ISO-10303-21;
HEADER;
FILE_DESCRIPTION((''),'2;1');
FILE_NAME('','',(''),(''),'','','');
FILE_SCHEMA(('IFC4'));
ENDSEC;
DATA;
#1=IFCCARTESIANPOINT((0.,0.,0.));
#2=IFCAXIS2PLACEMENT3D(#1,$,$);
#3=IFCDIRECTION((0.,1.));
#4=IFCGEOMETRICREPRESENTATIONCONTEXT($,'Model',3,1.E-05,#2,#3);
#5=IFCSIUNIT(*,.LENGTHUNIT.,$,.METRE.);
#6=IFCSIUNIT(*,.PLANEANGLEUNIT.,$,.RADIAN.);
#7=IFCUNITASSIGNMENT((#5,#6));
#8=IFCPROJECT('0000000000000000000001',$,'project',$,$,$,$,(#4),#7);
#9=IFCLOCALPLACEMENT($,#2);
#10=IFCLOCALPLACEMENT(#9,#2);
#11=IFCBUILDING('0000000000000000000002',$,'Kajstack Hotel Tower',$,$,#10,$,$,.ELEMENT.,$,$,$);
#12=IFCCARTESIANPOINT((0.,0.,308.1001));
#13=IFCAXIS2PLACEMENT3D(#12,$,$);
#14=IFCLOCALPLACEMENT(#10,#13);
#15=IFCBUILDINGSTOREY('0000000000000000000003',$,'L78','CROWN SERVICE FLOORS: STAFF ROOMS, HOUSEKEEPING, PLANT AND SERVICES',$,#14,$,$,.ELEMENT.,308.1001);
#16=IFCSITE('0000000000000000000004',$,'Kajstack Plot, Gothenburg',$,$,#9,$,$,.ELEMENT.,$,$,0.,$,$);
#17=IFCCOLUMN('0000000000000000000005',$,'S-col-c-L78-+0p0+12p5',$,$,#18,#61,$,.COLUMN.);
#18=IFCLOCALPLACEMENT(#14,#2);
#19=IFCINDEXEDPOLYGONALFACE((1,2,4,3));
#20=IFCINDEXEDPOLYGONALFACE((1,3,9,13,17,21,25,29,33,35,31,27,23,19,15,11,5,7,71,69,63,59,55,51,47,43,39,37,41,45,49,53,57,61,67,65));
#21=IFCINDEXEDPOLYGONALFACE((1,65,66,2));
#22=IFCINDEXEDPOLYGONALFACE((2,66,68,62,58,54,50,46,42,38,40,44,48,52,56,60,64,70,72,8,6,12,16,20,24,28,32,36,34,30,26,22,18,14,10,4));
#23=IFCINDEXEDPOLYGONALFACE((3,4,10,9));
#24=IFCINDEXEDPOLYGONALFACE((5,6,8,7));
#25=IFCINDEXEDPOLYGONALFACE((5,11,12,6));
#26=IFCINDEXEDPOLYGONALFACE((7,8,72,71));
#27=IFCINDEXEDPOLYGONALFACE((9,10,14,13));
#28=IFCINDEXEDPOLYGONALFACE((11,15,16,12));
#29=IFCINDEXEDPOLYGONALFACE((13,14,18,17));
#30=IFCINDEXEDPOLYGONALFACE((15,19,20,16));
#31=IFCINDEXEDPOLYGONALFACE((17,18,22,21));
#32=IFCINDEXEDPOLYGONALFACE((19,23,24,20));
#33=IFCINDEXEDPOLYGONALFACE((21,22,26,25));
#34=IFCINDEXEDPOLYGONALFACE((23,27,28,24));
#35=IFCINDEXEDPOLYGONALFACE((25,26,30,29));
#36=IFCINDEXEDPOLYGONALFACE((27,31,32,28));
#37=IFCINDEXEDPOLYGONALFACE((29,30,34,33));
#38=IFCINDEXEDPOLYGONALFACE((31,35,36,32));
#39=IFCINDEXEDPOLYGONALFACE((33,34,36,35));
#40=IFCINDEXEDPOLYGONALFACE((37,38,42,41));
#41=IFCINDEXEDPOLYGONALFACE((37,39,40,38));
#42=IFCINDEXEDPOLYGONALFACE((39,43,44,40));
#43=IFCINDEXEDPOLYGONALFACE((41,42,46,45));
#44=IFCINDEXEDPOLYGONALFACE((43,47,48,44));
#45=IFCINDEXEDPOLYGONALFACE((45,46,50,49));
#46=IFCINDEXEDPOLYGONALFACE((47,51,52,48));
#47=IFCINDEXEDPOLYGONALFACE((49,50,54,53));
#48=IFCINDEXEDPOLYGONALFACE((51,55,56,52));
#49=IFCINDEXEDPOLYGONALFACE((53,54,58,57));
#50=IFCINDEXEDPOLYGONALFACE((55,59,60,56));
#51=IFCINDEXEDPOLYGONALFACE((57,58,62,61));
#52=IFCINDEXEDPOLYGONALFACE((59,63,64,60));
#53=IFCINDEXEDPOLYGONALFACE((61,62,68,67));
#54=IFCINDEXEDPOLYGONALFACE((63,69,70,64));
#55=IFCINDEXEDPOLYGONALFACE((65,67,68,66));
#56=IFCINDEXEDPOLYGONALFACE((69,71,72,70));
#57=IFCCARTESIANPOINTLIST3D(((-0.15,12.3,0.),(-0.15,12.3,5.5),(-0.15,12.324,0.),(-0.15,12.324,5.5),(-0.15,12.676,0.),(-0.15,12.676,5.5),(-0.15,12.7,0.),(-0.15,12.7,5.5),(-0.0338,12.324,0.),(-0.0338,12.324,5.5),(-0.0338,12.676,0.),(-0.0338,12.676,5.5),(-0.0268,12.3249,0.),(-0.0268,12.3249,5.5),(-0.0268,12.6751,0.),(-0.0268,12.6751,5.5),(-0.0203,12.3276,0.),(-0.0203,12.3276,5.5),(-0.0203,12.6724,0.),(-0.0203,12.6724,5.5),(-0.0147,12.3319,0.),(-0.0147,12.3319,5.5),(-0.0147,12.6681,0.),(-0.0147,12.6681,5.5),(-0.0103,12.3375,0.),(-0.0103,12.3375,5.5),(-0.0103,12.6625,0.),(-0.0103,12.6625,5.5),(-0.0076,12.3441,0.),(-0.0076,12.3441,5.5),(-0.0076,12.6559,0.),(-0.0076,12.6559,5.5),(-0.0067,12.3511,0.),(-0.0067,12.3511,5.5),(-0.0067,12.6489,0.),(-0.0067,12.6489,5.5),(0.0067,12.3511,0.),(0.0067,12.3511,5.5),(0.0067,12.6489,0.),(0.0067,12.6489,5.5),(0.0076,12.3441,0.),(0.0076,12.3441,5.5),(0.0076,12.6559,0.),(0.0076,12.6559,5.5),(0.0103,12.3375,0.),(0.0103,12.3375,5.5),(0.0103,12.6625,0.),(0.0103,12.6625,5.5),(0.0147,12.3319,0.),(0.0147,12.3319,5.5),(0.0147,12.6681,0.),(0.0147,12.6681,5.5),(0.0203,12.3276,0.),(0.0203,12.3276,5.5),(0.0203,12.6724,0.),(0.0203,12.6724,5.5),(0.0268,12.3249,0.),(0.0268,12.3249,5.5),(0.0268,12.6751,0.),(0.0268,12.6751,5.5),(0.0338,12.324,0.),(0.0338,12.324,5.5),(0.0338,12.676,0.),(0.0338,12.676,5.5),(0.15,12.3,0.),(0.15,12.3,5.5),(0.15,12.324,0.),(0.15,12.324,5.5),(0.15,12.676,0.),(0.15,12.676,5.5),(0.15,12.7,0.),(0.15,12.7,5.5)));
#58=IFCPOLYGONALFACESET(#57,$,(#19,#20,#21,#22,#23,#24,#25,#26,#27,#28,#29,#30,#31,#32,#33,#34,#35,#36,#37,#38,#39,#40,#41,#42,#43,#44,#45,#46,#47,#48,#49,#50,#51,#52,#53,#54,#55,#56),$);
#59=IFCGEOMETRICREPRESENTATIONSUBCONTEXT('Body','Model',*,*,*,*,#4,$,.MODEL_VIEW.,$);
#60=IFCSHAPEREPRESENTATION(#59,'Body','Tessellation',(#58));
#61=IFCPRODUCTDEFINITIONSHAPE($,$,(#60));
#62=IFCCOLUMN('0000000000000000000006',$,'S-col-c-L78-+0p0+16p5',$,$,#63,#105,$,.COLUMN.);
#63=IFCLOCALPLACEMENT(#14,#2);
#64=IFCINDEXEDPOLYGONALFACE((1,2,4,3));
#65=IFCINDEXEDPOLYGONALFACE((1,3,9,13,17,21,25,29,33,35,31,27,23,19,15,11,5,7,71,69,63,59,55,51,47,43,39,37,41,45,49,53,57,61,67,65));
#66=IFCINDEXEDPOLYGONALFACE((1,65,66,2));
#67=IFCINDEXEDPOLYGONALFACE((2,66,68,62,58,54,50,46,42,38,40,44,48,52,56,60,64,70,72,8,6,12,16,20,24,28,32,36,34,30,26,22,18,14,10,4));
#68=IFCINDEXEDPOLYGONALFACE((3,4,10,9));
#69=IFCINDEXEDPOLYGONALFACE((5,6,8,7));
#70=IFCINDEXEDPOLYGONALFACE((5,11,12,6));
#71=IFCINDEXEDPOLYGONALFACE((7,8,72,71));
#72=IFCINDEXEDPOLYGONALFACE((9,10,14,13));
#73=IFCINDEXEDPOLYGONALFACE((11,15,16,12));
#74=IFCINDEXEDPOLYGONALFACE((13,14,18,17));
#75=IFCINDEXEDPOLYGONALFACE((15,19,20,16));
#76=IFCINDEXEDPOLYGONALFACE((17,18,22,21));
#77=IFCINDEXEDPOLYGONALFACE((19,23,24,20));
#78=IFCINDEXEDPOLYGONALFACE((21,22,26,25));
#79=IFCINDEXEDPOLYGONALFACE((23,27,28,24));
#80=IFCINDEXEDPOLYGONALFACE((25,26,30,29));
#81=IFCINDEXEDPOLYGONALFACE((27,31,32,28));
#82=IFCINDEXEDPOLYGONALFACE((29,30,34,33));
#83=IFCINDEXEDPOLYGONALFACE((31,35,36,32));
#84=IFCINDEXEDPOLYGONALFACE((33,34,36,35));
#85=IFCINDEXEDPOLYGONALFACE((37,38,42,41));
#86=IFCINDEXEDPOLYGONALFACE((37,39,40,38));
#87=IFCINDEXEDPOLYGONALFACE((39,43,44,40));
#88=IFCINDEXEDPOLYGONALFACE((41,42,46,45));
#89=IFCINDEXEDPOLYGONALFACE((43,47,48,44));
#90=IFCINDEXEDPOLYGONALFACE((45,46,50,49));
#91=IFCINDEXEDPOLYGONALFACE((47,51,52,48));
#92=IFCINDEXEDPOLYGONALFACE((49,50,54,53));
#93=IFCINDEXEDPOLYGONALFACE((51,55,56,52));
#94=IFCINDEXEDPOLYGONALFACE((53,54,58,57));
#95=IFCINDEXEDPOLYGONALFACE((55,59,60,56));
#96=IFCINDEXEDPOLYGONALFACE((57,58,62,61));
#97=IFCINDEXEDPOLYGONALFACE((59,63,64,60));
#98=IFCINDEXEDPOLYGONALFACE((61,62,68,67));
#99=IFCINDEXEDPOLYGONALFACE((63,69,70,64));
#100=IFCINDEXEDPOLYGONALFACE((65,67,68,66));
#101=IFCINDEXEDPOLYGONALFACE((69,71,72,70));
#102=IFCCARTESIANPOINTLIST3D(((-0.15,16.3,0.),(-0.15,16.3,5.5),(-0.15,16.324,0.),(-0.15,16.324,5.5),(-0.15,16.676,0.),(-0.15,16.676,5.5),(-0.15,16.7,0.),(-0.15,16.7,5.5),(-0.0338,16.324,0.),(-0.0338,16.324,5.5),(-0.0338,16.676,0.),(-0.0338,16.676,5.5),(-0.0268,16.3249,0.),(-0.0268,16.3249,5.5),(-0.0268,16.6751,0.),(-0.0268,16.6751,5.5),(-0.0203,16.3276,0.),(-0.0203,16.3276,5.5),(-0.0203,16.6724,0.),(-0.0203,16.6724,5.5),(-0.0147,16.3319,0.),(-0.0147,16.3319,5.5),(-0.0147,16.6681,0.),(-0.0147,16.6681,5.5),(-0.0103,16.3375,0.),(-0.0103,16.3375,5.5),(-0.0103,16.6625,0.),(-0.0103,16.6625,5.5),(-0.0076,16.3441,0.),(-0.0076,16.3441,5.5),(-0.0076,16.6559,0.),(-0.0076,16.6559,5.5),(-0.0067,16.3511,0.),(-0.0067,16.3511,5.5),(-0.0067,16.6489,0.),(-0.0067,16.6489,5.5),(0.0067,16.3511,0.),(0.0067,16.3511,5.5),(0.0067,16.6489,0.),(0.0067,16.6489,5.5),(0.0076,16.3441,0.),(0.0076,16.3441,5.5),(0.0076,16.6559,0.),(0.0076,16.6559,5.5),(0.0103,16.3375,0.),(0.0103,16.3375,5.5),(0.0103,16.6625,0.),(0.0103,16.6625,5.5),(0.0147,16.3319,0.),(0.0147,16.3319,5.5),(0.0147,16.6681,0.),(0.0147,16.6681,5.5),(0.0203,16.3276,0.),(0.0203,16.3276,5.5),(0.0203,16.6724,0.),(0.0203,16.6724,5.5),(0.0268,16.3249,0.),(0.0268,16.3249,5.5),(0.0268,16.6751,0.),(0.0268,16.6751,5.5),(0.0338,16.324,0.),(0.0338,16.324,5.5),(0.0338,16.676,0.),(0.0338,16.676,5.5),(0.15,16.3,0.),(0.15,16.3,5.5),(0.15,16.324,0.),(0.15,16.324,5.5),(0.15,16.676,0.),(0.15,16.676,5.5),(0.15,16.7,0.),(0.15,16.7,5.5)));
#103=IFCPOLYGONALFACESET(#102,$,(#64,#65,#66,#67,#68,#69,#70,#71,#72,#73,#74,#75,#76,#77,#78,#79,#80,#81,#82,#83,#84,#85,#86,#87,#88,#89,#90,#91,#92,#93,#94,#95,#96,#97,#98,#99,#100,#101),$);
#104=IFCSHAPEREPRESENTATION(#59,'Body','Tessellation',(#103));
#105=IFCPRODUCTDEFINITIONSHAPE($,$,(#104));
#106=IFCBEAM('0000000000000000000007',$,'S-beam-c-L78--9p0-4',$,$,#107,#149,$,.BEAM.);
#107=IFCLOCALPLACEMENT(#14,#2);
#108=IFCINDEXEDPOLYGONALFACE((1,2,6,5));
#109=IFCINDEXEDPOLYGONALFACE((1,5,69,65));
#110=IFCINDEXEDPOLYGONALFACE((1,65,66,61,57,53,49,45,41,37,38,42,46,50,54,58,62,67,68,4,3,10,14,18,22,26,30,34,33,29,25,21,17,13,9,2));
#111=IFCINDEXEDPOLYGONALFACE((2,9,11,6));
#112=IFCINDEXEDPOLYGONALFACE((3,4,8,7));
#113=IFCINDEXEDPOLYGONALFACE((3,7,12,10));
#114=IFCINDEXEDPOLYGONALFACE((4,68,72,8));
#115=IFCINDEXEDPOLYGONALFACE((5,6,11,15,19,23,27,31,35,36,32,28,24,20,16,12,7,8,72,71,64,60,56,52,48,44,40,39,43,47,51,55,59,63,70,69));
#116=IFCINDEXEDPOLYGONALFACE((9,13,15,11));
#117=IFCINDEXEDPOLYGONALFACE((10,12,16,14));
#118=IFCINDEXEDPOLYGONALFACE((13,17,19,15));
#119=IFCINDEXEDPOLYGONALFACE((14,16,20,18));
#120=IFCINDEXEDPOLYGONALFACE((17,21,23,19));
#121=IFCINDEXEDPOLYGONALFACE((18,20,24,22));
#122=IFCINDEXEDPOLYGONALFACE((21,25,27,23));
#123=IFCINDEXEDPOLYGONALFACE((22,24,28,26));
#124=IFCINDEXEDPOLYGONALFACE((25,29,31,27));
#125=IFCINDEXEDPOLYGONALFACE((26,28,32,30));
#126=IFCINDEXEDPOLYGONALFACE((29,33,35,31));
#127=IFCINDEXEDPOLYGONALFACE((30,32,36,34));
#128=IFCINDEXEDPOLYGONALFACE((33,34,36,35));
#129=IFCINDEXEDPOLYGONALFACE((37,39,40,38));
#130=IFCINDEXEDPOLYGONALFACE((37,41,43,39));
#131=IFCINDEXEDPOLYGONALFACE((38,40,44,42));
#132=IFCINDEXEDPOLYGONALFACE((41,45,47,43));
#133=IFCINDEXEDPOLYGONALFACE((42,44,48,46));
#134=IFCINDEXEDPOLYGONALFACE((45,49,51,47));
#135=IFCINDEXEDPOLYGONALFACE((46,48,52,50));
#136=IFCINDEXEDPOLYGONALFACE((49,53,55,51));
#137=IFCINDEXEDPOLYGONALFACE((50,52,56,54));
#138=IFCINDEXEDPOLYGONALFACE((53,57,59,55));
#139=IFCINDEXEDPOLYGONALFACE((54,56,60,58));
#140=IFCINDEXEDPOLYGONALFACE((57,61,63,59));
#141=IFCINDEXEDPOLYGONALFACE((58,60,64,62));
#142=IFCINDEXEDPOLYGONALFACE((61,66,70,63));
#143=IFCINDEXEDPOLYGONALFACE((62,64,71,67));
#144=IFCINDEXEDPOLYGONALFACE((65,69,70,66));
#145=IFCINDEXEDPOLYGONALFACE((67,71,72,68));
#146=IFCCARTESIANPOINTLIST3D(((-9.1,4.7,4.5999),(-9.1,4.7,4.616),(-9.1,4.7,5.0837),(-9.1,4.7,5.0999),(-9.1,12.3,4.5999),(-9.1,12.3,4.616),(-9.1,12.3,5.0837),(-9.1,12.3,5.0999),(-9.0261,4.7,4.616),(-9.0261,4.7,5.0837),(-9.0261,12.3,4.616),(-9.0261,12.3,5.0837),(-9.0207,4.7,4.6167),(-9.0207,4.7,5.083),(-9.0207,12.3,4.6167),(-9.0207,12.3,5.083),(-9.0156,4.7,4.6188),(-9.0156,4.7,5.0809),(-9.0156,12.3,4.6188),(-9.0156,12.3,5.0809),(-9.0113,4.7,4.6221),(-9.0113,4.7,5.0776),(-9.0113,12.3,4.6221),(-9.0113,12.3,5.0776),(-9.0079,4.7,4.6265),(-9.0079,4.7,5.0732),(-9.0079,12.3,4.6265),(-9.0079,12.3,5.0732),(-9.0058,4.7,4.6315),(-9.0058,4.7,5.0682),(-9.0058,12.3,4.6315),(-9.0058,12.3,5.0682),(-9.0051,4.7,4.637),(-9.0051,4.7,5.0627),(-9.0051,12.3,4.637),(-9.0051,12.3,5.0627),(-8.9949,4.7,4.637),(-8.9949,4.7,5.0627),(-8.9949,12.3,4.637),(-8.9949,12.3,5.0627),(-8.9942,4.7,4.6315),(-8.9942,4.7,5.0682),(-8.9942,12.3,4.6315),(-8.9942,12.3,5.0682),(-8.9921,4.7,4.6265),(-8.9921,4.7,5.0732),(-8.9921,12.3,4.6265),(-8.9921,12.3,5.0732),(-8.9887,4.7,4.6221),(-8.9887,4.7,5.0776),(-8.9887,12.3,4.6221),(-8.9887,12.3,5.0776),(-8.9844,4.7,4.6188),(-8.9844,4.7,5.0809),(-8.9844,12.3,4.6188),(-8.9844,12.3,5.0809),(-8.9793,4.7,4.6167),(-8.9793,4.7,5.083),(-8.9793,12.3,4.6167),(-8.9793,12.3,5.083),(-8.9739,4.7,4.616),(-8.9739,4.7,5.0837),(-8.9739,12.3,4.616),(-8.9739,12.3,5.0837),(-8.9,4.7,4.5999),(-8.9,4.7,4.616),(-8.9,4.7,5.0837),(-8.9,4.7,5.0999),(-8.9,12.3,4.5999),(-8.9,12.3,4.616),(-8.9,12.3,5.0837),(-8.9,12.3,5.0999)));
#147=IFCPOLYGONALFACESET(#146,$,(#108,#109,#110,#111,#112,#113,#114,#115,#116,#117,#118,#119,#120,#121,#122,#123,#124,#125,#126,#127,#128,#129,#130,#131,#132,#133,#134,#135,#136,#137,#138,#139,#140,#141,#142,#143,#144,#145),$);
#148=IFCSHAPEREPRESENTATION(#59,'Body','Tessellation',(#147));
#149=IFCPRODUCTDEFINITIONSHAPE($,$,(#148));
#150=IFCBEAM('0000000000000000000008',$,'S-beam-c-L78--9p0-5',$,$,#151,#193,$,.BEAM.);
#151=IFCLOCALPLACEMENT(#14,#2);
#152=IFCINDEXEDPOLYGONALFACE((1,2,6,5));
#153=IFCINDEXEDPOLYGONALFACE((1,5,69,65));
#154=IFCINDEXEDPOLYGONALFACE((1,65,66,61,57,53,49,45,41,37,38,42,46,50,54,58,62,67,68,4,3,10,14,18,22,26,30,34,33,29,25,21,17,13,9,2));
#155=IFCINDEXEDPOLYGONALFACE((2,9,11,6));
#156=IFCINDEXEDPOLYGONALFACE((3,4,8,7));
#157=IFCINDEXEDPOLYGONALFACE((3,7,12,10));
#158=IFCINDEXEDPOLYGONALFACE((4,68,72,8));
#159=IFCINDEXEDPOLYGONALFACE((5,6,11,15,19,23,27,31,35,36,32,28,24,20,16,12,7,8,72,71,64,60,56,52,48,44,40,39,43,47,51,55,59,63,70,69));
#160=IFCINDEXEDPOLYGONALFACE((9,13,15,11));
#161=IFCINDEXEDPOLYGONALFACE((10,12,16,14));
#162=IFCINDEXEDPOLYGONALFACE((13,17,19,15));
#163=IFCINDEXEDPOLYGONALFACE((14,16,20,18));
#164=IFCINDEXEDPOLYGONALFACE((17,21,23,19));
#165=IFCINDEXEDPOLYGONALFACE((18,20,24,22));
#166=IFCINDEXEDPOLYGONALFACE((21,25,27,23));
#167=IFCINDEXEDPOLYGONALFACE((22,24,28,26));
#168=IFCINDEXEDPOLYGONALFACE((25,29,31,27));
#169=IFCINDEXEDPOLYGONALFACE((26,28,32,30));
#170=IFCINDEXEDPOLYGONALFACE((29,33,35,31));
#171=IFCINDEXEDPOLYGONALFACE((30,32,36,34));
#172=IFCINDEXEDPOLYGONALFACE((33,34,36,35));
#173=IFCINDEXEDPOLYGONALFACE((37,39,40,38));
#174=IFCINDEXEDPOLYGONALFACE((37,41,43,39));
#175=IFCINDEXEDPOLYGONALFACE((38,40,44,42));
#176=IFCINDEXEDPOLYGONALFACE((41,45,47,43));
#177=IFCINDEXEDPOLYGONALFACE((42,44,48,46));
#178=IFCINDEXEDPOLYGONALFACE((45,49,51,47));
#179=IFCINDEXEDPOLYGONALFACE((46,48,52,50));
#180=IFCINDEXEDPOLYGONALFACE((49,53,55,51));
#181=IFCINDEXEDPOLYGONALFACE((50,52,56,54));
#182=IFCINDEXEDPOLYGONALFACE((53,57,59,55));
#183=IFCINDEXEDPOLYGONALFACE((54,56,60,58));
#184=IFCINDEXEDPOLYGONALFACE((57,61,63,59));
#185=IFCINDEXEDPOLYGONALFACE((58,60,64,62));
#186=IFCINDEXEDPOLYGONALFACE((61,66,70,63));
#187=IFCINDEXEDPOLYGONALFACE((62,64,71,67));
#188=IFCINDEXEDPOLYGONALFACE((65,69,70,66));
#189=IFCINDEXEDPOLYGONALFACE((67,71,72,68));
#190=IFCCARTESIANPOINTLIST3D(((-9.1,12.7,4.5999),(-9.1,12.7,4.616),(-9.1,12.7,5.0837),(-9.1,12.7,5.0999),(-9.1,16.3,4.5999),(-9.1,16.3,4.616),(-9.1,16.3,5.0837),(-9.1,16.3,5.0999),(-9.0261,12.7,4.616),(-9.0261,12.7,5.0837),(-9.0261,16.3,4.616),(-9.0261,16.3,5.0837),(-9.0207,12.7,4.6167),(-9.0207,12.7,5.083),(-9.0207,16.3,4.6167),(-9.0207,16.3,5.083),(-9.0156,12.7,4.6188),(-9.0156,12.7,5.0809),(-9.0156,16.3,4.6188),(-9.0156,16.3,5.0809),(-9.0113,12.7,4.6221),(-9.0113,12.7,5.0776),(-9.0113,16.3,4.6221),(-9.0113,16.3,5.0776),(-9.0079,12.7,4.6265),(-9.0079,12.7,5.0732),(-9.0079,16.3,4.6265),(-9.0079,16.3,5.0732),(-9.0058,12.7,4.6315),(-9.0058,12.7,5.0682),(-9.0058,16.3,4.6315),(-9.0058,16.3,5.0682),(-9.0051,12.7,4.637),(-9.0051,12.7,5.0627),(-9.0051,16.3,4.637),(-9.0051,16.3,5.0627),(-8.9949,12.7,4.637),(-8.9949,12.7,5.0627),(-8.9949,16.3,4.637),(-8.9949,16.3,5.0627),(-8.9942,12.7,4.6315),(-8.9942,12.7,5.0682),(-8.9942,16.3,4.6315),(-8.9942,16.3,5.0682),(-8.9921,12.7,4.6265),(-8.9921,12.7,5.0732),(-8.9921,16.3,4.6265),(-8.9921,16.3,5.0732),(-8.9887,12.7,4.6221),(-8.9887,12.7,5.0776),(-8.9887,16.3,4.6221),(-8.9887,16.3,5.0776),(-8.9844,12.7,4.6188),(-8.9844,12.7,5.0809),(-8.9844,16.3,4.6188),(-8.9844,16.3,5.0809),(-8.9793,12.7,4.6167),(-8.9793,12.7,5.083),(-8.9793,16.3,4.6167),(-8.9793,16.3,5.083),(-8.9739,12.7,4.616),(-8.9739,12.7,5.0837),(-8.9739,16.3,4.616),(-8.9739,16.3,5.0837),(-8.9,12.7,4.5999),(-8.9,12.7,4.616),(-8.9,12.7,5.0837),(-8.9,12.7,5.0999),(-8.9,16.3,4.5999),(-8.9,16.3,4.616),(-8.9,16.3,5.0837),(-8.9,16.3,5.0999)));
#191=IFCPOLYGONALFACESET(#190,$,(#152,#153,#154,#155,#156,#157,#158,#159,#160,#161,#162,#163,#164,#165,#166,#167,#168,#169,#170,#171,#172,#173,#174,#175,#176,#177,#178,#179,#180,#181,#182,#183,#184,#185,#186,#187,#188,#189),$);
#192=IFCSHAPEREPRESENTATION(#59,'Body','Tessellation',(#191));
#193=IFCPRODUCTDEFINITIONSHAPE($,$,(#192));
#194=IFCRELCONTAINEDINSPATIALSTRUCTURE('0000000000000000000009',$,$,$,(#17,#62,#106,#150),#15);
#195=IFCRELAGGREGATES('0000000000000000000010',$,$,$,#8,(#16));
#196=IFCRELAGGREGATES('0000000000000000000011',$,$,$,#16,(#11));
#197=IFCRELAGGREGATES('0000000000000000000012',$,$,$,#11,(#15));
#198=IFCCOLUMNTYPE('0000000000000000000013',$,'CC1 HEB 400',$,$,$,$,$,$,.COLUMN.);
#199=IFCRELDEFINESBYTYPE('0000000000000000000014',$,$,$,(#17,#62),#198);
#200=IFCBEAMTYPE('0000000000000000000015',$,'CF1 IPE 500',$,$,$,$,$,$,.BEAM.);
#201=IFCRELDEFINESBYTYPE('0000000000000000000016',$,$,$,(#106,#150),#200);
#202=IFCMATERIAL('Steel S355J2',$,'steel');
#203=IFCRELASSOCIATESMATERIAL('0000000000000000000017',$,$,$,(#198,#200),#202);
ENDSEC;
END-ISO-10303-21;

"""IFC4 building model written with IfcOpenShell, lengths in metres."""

from ifc_helpers import new_model, si_unit, direction, frame, origin, origin_2d, place, context, subcontext, project, spatial, i_section, extrude, material, material_profile, profile_set, type_object, element, save


model = new_model("IFC4")

# Units and contexts
model_context = context("Model", 3, precision=1e-05, world=origin(), true_north=direction((0.0, 1.0)))
body_context = subcontext(model_context, "Body", "Model", "MODEL_VIEW")
ifc_project = project(units=[si_unit("LENGTHUNIT", "METRE"), si_unit("PLANEANGLEUNIT", "RADIAN")], contexts=[model_context])

# Site, building, storey
site_placement = place(None, origin())
site = spatial("IfcSite", under=ifc_project, at=site_placement, Name="Kajstack Plot, Gothenburg", CompositionType="ELEMENT", RefElevation=0.0)
building_placement = place(site_placement, origin())
building = spatial("IfcBuilding", under=site, at=building_placement, Name="Kajstack Hotel Tower", CompositionType="ELEMENT")
storey_placement = place(building_placement, frame((0.0, 0.0, 308.1001)))
storey = spatial("IfcBuildingStorey", under=building, at=storey_placement, Name="L78", Description="CROWN SERVICE FLOORS: STAFF ROOMS, HOUSEKEEPING, PLANT AND SERVICES", CompositionType="ELEMENT", Elevation=308.1001)

# Columns
ifc_material_1 = material(Name="Steel S355J2", Category="steel")
ifc_material_profile_1 = material_profile(ifc_material_1, i_section(OverallWidth=0.3, OverallDepth=0.3999, WebThickness=0.0134, FlangeThickness=0.0239, FilletRadius=0.0271, at=origin_2d()), Name="HEB 400")
ifc_profile_set_1 = profile_set([ifc_material_profile_1], Name="Steel S355J2")
column_type = type_object("IfcColumnType", Name="CC1 HEB 400", PredefinedType="COLUMN", material=ifc_profile_set_1)
for number, where, z_axis, x_axis, name in (
    (1, (0.0, 12.5, 0.0), (0.0, 0.0, 1.0), (1.0, 0.0, 0.0), "S-col-c-L78-+0p0+12p5"),
    (2, (0.0, 16.5, 0.0), (0.0, 0.0, 1.0), (1.0, 0.0, 0.0), "S-col-c-L78-+0p0+16p5"),
):
    element("IfcColumn", number, at=place(storey_placement, frame(where, z_axis=z_axis, x_axis=x_axis)), inside=storey, type_object=column_type, Name=name, PredefinedType="COLUMN", context=body_context, shape_type="SweptSolid", body=[
        extrude(i_section(OverallWidth=0.3, OverallDepth=0.3999, WebThickness=0.0134, FlangeThickness=0.0239, FilletRadius=0.0271, at=origin_2d()), origin(), (0.0, 0.0, 1.0), 5.5),
    ])

# Beams
ifc_material_profile_2 = material_profile(ifc_material_1, i_section(OverallWidth=0.2, OverallDepth=0.5, WebThickness=0.0103, FlangeThickness=0.0161, FilletRadius=0.021, at=origin_2d()), Name="IPE 500")
ifc_profile_set_2 = profile_set([ifc_material_profile_2], Name="Steel S355J2")
beam_type = type_object("IfcBeamType", Name="CF1 IPE 500", PredefinedType="BEAM", material=ifc_profile_set_2)
beam_1_placement = place(storey_placement, frame((-9.0, 4.7, 4.8499), z_axis=(0.0, 1.0, 0.0), x_axis=(-1.0, 0.0, 0.0)))
element("IfcBeam", 3, at=beam_1_placement, inside=storey, type_object=beam_type, Name="S-beam-c-L78--9p0-4", PredefinedType="BEAM", context=body_context, shape_type="SweptSolid", body=[
    extrude(i_section(OverallWidth=0.2, OverallDepth=0.5, WebThickness=0.0103, FlangeThickness=0.0161, FilletRadius=0.021, at=origin_2d()), origin(), (0.0, 0.0, 1.0), 7.6001),
])
beam_2_placement = place(storey_placement, frame((-9.0, 12.7, 4.8499), z_axis=(0.0, 1.0, 0.0), x_axis=(-1.0, 0.0, 0.0)))
element("IfcBeam", 4, at=beam_2_placement, inside=storey, type_object=beam_type, Name="S-beam-c-L78--9p0-5", PredefinedType="BEAM", context=body_context, shape_type="SweptSolid", body=[
    extrude(i_section(OverallWidth=0.2, OverallDepth=0.5, WebThickness=0.0103, FlangeThickness=0.0161, FilletRadius=0.021, at=origin_2d()), origin(), (0.0, 0.0, 1.0), 3.6001),
])

save(model, "model.ifc")
